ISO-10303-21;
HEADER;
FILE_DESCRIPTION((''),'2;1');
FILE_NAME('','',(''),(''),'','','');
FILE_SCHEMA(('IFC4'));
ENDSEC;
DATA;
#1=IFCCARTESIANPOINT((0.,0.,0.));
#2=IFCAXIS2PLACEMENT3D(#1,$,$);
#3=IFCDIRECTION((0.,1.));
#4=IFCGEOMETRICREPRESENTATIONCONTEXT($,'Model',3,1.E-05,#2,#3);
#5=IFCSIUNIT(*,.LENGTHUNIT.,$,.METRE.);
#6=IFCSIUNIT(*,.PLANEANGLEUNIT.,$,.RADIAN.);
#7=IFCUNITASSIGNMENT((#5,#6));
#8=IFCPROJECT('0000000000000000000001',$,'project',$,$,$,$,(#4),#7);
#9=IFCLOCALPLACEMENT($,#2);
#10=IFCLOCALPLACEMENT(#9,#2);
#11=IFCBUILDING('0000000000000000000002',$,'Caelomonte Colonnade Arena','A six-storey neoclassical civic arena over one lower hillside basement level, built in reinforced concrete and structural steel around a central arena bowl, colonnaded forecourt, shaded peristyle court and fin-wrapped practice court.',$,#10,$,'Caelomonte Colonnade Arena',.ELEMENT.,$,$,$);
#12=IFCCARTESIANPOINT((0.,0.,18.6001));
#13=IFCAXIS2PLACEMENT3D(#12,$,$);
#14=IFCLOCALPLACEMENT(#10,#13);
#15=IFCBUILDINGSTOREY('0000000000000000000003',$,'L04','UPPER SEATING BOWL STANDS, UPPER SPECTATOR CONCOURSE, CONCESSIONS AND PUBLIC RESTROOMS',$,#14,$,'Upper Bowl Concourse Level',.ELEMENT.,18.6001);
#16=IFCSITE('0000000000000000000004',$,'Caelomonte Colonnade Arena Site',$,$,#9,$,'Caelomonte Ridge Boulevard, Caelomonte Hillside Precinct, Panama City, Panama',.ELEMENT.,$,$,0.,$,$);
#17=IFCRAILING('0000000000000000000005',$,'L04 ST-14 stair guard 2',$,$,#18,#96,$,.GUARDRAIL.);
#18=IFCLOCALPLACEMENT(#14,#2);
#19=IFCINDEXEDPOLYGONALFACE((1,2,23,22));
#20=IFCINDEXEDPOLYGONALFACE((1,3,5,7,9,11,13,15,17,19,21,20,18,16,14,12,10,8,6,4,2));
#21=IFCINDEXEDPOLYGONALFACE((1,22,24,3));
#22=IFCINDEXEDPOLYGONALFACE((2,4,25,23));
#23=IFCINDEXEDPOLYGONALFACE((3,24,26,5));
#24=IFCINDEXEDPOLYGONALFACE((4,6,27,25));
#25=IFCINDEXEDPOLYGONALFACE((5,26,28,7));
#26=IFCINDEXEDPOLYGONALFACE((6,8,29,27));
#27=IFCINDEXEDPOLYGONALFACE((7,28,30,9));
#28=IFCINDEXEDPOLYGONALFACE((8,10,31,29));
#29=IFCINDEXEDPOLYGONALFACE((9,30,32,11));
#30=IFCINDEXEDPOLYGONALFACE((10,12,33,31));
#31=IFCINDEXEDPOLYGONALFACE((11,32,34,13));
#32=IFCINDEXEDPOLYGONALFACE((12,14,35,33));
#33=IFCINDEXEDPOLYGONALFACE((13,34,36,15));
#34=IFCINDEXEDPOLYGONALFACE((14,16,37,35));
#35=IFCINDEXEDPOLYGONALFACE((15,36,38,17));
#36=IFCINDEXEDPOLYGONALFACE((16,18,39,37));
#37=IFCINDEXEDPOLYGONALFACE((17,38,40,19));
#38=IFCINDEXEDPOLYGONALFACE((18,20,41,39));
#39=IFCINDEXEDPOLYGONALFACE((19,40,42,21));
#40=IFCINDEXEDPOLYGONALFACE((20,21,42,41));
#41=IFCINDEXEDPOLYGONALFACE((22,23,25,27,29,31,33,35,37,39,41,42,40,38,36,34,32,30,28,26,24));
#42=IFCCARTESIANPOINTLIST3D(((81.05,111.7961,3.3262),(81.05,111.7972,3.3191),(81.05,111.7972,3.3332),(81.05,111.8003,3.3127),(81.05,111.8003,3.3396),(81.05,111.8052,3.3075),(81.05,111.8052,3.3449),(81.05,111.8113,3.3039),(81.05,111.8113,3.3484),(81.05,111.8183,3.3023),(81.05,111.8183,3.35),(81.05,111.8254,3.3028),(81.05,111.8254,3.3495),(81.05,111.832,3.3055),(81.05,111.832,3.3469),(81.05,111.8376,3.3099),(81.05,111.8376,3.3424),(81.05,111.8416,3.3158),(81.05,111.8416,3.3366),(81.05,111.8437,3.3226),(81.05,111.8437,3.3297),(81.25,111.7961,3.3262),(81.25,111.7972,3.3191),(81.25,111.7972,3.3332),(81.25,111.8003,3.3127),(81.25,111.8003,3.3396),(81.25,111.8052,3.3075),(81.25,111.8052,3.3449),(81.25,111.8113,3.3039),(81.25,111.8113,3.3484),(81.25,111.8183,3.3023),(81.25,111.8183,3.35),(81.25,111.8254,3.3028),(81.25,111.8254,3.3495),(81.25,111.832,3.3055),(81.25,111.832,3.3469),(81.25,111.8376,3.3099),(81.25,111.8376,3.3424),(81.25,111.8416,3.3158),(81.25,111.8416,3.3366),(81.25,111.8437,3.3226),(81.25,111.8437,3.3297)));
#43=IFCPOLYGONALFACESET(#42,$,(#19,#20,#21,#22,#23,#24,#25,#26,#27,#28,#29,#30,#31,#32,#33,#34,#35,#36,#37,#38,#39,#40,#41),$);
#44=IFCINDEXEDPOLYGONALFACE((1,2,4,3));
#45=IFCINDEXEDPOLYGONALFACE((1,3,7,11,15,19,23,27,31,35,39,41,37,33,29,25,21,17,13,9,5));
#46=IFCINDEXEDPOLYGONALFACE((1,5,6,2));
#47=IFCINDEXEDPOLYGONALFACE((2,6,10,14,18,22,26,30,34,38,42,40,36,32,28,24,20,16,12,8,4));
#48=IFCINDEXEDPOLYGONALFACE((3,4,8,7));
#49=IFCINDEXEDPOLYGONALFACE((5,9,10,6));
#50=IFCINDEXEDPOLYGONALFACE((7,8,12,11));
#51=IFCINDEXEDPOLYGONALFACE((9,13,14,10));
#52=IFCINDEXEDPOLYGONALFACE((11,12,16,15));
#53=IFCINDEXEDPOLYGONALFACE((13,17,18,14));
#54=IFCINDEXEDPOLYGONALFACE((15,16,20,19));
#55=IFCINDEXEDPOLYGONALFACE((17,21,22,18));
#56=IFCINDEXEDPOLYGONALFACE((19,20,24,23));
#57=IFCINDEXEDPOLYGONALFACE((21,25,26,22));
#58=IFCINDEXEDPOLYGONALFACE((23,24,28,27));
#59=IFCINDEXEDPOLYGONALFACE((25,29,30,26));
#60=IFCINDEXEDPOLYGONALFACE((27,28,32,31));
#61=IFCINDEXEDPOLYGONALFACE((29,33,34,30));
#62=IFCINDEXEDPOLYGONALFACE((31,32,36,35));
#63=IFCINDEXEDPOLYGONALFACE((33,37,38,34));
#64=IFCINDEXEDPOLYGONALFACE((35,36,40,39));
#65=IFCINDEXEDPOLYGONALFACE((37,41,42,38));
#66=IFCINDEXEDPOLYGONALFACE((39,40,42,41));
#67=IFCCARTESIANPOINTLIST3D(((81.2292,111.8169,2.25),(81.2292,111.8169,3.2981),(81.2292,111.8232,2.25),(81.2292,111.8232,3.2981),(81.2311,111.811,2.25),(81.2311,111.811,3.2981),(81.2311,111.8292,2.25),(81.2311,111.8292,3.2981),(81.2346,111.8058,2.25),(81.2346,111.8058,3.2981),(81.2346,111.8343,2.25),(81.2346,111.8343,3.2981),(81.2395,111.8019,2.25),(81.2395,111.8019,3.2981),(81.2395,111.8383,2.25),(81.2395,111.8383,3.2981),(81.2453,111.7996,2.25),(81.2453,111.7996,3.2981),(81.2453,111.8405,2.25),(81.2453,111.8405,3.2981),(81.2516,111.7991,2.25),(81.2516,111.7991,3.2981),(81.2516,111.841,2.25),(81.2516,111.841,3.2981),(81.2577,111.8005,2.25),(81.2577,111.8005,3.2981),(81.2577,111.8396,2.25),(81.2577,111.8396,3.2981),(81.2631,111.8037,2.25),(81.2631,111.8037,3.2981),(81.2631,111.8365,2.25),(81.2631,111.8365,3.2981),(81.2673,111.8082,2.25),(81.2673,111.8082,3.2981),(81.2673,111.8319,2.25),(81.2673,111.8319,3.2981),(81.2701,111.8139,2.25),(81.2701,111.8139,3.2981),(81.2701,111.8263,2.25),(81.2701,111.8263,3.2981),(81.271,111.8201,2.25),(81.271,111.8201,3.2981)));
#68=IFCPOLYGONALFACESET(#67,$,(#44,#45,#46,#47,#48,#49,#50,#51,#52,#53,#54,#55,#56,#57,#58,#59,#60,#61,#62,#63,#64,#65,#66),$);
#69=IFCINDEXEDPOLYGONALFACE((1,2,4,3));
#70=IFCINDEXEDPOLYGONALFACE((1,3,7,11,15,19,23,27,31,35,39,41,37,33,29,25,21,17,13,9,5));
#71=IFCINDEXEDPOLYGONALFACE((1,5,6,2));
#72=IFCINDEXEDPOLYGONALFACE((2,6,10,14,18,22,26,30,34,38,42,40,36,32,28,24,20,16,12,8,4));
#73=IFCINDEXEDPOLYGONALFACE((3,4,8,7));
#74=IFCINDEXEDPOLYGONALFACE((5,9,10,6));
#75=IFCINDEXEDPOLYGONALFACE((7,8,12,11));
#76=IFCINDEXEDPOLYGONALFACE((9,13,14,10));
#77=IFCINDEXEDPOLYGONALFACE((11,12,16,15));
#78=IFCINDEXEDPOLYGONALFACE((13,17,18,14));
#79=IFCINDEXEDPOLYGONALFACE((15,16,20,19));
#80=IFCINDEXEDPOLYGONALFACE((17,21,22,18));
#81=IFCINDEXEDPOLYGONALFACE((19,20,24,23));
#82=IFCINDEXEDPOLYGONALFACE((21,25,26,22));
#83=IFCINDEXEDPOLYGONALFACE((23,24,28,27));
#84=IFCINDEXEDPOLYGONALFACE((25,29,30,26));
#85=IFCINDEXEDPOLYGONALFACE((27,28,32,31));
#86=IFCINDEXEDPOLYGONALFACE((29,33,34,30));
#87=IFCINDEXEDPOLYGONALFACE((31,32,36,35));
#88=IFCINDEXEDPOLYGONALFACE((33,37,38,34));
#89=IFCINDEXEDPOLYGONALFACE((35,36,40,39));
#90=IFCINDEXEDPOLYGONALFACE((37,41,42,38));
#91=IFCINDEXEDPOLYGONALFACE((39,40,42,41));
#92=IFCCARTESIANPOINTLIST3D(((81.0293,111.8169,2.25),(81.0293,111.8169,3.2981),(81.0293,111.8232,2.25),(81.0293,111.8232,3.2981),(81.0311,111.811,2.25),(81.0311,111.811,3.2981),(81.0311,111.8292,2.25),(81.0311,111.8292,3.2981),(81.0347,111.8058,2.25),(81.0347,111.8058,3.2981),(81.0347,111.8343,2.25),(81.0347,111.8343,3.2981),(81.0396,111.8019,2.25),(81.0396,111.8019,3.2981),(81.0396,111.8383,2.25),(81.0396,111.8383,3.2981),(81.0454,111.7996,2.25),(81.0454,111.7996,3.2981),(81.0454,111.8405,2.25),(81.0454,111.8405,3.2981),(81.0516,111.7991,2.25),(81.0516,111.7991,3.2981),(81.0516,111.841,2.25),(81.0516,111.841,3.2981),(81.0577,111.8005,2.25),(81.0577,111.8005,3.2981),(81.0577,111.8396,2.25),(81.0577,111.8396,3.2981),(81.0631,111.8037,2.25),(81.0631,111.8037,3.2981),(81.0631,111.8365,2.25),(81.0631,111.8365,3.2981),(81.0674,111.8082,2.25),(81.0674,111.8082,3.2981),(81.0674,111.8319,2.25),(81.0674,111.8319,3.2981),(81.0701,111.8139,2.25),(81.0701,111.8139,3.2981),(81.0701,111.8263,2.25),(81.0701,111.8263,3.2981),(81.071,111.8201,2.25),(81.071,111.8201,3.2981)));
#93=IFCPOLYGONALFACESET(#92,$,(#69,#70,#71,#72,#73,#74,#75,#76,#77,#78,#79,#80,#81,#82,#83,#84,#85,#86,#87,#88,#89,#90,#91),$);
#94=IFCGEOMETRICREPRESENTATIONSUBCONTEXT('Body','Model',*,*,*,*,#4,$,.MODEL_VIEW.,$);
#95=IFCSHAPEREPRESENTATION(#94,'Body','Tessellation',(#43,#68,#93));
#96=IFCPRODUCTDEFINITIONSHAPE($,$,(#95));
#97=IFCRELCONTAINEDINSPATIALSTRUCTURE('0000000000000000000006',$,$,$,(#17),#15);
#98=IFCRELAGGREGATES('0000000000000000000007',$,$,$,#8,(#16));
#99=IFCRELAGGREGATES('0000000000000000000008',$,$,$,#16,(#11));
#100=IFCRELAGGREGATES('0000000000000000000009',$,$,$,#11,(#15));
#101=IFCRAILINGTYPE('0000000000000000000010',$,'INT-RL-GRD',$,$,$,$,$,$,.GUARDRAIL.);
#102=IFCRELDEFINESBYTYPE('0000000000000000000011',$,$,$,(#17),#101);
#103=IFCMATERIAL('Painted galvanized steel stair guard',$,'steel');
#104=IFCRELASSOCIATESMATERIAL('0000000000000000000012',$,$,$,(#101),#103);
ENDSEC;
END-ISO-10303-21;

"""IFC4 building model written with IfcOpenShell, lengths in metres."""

from ifc_helpers import new_model, si_unit, direction, frame, origin, origin_2d, place, context, subcontext, project, spatial, circle, extrude, material, type_object, element, save


model = new_model("IFC4")

# Units and contexts
model_context = context("Model", 3, precision=1e-05, world=origin(), true_north=direction((0.0, 1.0)))
body_context = subcontext(model_context, "Body", "Model", "MODEL_VIEW")
ifc_project = project(units=[si_unit("LENGTHUNIT", "METRE"), si_unit("PLANEANGLEUNIT", "RADIAN")], contexts=[model_context])

# Site, building, storey
site_placement = place(None, origin())
site = spatial("IfcSite", under=ifc_project, at=site_placement, Name="Caelomonte Colonnade Arena Site", LongName="Caelomonte Ridge Boulevard, Caelomonte Hillside Precinct, Panama City, Panama", CompositionType="ELEMENT", RefElevation=0.0)
building_placement = place(site_placement, origin())
building = spatial("IfcBuilding", under=site, at=building_placement, Name="Caelomonte Colonnade Arena", Description="A six-storey neoclassical civic arena over one lower hillside basement level, built in reinforced concrete and structural steel around a central arena bowl, colonnaded forecourt, shaded peristyle court and fin-wrapped practice court.", LongName="Caelomonte Colonnade Arena", CompositionType="ELEMENT")
storey_placement = place(building_placement, frame((0.0, 0.0, 18.6001)))
storey = spatial("IfcBuildingStorey", under=building, at=storey_placement, Name="L04", Description="UPPER SEATING BOWL STANDS, UPPER SPECTATOR CONCOURSE, CONCESSIONS AND PUBLIC RESTROOMS", LongName="Upper Bowl Concourse Level", CompositionType="ELEMENT", Elevation=18.6001)

# Railing
ifc_material_1 = material(Name="Painted galvanized steel stair guard", Category="steel")
railing_type_1 = type_object("IfcRailingType", Name="INT-RL-GRD", PredefinedType="GUARDRAIL", material=ifc_material_1)
railing_1_placement = place(storey_placement, frame((81.25, 111.8201, 2.25)))
element("IfcRailing", 1, at=railing_1_placement, inside=storey, type_object=railing_type_1, Name="L04 ST-14 stair guard 2", PredefinedType="GUARDRAIL", context=body_context, shape_type="SweptSolid", body=[
    extrude(circle(Radius=0.0239, at=origin_2d()), frame((0.0, 0.0, 1.0762), z_axis=(-1.0, 0.0, 0.0), x_axis=(0.0, -1.0, 0.0)), (0.0, 0.0, 1.0), 0.2),
    extrude(circle(Radius=0.021, at=origin_2d()), origin(), (0.0, 0.0, 1.0), 1.0481),
    extrude(circle(Radius=0.021, at=origin_2d()), frame((-0.2, 0.0, 0.0)), (0.0, 0.0, 1.0), 1.0481),
])

save(model, "model.ifc")
